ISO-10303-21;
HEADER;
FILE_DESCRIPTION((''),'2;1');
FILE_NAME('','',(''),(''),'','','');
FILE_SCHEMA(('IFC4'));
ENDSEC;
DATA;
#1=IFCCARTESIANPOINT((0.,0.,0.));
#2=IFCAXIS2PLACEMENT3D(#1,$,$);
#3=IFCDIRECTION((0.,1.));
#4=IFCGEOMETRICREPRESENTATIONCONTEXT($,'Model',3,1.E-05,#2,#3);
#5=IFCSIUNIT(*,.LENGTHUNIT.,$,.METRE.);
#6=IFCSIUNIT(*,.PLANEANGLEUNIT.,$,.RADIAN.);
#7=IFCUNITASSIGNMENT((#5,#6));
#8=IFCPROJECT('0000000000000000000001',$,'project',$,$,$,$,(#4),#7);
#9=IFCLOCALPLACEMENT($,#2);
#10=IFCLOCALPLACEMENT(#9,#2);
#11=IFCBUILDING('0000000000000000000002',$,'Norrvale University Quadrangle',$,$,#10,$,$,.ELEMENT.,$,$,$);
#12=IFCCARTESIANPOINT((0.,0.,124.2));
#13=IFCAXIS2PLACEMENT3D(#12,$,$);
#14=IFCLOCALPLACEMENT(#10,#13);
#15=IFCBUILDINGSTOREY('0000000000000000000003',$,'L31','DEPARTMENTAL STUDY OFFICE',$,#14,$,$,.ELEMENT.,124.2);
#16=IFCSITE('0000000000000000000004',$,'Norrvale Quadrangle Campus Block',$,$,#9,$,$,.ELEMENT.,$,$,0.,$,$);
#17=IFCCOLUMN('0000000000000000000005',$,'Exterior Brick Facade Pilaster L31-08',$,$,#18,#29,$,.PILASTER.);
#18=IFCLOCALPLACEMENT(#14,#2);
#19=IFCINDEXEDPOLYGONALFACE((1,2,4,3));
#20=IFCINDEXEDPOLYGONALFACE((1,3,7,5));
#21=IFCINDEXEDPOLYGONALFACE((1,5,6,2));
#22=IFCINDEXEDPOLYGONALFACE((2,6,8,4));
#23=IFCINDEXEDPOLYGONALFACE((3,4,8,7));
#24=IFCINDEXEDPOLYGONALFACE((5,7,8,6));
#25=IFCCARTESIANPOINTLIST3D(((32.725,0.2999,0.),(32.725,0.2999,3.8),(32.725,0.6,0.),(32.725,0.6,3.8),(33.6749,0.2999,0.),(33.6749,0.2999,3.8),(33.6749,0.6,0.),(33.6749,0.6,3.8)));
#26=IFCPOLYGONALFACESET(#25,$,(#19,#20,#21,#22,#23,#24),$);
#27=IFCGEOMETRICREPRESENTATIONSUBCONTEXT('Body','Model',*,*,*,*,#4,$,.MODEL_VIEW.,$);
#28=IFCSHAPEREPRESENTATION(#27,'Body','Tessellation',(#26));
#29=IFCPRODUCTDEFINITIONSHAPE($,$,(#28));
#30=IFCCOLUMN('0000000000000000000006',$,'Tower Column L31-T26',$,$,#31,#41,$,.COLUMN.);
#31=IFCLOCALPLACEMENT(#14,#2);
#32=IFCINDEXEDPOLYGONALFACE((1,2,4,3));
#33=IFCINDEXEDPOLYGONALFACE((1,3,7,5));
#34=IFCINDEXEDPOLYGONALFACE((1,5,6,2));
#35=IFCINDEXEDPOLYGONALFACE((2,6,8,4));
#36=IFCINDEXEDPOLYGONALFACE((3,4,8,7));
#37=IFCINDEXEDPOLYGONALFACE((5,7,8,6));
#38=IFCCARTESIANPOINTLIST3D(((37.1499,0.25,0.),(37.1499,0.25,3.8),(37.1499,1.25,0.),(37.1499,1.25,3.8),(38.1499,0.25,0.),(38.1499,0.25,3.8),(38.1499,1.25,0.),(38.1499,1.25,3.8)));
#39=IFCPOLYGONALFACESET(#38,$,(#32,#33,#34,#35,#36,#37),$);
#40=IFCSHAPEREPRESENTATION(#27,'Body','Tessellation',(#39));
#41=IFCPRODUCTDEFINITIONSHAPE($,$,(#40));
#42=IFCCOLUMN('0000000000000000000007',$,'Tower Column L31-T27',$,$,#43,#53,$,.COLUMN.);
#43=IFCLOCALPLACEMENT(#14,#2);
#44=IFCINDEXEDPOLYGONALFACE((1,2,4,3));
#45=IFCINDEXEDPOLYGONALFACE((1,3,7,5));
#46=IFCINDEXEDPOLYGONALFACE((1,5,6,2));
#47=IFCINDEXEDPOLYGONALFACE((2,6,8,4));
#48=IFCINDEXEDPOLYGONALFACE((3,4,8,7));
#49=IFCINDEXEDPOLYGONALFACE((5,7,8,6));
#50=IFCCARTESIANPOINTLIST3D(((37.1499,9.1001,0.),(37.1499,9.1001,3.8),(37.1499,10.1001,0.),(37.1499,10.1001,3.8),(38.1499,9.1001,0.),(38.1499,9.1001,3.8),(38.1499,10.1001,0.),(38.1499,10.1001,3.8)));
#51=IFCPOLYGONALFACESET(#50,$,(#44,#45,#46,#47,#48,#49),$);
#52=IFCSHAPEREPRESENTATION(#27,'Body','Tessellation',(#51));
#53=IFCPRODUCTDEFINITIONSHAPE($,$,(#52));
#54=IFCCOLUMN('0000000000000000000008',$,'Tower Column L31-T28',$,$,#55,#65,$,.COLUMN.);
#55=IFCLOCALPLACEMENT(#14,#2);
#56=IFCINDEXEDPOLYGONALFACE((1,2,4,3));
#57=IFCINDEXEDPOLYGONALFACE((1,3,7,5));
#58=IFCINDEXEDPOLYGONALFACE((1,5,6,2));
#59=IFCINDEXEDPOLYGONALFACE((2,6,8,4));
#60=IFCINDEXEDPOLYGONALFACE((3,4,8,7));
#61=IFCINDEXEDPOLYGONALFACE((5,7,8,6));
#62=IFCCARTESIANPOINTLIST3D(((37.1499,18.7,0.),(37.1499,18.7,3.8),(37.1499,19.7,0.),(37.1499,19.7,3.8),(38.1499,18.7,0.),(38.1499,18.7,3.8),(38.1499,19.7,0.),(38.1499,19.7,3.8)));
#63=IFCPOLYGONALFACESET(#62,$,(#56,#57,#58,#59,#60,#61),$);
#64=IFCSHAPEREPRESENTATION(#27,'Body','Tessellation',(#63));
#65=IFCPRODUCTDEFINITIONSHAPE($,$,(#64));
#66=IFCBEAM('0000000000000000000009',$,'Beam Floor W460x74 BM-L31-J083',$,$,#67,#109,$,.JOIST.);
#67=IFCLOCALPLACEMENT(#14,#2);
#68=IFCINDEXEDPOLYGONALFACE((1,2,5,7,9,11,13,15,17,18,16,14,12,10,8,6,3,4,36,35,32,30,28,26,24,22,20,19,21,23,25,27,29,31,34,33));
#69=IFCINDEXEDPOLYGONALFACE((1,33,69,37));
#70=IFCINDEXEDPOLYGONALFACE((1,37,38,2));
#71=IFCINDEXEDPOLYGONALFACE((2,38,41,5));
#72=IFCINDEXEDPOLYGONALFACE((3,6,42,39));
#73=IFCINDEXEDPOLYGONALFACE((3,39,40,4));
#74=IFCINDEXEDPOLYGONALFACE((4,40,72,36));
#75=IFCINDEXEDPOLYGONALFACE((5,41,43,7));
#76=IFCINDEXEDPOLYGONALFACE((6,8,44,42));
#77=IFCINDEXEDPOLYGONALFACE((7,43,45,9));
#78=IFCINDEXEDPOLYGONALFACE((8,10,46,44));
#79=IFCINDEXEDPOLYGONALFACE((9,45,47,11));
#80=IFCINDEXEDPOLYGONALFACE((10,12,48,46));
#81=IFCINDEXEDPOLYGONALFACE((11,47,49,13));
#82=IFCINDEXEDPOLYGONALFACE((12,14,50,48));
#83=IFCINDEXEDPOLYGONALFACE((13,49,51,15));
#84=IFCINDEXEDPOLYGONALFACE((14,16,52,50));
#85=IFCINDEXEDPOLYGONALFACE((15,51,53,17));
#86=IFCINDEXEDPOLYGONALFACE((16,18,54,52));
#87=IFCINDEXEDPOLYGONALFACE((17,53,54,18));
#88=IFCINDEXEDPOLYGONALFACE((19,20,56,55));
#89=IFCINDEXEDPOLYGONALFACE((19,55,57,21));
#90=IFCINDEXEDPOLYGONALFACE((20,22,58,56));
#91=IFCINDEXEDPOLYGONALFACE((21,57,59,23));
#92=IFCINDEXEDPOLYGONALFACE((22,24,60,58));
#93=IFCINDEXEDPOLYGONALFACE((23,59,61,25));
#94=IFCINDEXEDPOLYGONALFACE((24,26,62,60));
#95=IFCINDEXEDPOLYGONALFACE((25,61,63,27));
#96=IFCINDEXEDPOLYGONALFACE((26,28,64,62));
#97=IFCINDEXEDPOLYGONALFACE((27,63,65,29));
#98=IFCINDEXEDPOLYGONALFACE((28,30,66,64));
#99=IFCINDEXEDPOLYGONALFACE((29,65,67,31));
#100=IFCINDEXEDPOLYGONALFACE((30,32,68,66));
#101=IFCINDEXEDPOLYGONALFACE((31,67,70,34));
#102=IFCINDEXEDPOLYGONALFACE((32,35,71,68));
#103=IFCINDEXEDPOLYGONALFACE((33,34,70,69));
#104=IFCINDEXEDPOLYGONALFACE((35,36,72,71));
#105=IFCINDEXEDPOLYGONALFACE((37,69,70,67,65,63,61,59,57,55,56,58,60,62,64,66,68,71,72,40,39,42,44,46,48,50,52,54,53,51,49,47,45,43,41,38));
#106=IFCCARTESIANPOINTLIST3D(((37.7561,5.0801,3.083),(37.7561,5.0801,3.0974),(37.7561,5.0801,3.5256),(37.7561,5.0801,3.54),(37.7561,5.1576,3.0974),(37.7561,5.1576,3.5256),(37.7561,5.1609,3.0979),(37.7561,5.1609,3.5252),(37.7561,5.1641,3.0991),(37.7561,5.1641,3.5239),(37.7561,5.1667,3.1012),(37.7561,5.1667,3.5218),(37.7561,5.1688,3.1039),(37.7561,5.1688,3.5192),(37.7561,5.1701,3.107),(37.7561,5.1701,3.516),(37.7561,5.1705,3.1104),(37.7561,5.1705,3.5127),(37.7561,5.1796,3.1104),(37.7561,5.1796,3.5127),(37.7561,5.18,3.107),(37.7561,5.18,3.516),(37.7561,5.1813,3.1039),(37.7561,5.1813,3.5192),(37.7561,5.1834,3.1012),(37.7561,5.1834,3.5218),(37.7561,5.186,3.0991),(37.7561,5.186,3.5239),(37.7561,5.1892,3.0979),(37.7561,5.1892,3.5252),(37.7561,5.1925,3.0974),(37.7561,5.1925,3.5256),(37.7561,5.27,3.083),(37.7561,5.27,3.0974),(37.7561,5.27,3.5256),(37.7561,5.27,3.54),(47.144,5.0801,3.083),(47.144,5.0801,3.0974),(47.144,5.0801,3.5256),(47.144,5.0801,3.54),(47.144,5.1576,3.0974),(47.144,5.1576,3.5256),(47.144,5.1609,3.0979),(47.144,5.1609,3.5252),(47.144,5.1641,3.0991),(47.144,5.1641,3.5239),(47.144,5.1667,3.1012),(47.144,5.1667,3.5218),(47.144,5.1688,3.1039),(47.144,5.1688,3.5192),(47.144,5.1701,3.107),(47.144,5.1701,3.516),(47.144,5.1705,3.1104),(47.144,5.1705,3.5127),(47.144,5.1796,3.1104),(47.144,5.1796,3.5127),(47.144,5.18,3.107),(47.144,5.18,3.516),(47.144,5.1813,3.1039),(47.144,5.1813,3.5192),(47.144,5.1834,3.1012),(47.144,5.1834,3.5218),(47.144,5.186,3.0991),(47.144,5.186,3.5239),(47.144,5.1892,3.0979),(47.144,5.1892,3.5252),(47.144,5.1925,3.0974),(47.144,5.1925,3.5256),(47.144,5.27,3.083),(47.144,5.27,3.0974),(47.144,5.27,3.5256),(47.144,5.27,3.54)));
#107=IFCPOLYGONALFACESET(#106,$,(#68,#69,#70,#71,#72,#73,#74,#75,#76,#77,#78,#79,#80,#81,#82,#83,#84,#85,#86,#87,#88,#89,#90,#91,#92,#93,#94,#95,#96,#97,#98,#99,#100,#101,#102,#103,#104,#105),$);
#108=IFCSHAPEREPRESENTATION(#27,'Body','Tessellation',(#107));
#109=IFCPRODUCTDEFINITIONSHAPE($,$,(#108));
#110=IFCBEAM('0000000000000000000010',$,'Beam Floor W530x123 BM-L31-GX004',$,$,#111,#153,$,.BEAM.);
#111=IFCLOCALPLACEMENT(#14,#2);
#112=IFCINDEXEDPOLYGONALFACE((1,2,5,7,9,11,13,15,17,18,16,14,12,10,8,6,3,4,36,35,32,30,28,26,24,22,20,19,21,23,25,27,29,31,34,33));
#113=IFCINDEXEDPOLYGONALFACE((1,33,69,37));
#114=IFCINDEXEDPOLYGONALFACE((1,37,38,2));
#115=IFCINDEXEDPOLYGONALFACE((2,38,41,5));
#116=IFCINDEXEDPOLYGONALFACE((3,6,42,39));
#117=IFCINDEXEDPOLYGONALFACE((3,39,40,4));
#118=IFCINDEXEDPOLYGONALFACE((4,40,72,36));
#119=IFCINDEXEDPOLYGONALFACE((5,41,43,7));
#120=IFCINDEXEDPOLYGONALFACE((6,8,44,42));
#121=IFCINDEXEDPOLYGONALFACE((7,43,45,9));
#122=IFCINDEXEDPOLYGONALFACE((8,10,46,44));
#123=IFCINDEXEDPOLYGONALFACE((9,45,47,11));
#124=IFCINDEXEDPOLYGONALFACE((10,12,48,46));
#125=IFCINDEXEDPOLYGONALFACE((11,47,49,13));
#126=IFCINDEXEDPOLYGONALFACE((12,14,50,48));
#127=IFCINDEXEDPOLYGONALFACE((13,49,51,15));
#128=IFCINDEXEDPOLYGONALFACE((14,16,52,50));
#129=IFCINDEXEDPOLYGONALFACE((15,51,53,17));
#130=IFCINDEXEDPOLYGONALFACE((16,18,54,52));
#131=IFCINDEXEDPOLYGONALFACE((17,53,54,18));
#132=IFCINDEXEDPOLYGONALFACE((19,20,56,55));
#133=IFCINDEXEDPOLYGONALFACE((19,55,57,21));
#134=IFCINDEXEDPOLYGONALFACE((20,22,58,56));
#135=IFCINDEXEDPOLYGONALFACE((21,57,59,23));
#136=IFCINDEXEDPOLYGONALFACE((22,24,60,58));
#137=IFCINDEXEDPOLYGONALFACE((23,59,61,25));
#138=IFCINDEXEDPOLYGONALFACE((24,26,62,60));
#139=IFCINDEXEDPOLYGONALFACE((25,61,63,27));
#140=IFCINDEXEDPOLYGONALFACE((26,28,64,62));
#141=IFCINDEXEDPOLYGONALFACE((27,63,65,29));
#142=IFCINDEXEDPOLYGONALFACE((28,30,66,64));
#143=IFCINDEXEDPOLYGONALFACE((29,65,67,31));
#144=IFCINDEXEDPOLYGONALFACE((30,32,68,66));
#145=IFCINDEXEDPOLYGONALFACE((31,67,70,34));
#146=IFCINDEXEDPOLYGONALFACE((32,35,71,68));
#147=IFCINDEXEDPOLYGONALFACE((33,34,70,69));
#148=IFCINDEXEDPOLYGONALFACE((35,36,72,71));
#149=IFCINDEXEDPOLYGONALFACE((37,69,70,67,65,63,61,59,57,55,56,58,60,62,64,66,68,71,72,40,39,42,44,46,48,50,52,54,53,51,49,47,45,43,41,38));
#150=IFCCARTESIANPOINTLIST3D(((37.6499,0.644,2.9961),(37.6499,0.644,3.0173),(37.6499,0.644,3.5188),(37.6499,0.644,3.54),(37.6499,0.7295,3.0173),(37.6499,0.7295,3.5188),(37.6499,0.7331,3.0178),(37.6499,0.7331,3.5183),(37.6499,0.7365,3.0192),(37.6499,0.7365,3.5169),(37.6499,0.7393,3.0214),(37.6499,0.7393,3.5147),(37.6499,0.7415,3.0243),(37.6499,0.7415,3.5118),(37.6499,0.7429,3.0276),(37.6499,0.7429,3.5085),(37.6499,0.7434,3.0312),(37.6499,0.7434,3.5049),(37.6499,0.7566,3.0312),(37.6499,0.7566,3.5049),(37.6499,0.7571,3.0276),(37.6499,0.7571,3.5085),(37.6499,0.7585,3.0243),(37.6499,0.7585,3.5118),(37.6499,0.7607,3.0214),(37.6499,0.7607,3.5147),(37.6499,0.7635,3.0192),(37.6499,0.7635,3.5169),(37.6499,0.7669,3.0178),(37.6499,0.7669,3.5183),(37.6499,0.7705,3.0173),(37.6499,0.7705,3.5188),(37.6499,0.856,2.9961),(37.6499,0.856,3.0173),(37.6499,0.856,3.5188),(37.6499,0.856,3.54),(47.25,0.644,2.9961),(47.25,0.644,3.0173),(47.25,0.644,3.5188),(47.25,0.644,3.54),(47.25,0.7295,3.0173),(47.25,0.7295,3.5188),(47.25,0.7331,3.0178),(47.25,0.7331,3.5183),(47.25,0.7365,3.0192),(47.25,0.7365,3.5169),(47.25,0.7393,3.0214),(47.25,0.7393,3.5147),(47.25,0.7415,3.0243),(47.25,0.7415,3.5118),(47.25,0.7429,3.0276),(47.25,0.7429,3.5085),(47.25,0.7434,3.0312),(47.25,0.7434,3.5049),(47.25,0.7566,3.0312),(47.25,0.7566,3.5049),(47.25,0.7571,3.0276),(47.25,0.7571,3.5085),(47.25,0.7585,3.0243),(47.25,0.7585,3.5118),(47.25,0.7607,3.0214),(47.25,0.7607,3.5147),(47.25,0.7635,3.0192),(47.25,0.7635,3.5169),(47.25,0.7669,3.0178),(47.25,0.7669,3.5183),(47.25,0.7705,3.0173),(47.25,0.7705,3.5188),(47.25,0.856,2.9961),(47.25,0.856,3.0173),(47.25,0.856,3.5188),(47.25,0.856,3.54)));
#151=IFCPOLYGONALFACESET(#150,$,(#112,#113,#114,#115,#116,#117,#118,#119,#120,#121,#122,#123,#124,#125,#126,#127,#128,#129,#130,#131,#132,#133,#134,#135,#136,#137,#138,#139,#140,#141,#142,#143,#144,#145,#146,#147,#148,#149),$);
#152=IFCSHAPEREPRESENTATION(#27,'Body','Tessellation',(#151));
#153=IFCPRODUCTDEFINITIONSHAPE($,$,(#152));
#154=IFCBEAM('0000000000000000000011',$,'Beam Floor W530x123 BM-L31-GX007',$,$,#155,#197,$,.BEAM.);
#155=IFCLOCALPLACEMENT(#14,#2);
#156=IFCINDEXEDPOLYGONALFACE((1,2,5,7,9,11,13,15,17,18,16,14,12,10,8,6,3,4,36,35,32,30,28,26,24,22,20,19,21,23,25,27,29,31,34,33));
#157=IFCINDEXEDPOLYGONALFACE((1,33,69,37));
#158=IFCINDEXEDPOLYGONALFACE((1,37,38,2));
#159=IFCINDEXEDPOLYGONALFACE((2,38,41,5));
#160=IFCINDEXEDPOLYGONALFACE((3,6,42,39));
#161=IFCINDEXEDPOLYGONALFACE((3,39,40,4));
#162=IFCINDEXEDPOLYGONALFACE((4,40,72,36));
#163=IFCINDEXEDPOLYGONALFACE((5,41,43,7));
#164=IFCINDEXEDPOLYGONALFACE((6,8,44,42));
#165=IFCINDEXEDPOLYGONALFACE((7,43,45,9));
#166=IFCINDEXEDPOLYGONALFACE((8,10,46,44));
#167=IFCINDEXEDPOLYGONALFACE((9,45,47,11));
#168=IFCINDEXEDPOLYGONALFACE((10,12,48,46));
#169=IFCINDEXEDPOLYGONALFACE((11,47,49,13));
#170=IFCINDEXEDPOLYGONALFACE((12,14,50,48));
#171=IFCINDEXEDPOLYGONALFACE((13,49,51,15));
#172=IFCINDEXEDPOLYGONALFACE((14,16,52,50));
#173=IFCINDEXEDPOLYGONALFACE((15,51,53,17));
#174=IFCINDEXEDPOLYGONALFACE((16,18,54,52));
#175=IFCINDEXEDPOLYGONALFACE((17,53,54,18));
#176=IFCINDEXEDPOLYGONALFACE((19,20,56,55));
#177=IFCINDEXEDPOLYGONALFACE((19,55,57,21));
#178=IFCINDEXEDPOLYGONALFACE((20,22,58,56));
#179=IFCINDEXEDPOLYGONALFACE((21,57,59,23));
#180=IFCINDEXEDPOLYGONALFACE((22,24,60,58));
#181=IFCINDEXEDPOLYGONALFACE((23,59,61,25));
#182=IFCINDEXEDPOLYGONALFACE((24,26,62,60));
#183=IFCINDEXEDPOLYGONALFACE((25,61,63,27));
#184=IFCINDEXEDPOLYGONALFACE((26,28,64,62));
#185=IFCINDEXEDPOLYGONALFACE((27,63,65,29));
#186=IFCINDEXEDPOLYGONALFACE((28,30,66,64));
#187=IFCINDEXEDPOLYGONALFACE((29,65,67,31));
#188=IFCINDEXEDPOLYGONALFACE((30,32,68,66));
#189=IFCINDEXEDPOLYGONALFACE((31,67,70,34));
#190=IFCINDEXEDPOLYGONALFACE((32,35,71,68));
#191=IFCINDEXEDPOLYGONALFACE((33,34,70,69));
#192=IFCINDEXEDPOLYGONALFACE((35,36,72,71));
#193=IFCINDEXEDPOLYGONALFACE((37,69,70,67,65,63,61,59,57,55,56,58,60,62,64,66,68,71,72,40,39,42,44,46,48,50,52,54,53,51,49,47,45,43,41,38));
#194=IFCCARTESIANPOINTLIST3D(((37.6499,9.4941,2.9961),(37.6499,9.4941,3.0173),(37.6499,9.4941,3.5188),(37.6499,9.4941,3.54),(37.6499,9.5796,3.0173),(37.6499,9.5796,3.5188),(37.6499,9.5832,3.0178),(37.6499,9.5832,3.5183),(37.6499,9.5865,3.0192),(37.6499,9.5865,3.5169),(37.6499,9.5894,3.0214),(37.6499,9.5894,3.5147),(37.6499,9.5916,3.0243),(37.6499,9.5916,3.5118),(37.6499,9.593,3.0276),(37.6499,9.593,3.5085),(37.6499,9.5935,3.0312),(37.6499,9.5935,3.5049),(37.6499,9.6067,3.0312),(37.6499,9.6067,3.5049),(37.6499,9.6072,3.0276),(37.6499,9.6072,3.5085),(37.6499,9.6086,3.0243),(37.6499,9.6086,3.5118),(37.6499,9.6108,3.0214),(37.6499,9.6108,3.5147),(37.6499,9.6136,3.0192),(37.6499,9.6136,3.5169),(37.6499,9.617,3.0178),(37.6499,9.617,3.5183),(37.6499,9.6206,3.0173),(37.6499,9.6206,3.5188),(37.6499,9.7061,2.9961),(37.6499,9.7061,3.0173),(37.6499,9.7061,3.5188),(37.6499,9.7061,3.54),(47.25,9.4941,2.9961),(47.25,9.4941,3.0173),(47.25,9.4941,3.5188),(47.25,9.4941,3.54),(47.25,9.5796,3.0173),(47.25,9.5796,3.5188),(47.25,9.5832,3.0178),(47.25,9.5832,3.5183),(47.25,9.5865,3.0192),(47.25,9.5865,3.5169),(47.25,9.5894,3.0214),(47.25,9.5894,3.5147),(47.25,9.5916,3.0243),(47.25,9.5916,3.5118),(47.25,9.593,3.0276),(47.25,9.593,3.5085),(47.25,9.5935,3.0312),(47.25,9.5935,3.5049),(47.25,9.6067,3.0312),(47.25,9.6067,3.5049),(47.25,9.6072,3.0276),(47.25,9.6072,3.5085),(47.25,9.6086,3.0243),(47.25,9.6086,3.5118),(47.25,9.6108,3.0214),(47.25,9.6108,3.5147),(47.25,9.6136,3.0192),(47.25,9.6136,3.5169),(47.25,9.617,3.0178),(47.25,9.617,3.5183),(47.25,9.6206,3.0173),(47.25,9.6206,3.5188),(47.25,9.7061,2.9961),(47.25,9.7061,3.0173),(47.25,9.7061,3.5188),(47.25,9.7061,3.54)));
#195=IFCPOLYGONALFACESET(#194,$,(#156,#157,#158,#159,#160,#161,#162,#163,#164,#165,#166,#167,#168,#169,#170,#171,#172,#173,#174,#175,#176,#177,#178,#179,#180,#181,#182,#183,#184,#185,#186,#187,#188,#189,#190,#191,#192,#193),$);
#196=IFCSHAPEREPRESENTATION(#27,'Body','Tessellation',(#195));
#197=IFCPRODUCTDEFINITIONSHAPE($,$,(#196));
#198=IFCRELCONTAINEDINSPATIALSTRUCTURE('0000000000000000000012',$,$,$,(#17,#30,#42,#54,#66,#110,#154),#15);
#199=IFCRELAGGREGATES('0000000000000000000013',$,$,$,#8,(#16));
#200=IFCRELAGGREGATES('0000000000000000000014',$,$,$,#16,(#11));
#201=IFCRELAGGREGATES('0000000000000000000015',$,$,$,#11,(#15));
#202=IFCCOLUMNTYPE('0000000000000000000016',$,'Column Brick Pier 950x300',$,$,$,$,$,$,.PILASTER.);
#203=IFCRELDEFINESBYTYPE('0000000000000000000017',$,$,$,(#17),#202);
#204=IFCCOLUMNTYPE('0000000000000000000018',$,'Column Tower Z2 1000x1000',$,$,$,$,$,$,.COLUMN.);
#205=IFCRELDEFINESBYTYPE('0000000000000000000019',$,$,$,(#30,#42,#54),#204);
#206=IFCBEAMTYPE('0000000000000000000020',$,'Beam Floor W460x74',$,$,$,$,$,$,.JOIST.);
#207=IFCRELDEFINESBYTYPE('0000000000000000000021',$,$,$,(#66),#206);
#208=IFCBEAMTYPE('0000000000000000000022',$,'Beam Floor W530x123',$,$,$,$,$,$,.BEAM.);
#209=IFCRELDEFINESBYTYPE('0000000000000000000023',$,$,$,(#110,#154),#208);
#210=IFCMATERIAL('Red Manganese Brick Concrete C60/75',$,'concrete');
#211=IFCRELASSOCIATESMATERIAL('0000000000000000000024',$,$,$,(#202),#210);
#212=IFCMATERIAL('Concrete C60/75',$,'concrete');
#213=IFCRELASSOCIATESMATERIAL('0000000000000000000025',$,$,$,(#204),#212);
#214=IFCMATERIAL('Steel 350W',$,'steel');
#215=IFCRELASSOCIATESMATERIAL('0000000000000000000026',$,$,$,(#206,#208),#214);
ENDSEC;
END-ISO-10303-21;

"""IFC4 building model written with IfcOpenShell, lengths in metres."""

from ifc_helpers import new_model, si_unit, direction, frame, origin, origin_2d, place, context, subcontext, project, spatial, rectangle, i_section, extrude, material, material_profile, profile_set, type_object, element, save


model = new_model("IFC4")

# Units and contexts
model_context = context("Model", 3, precision=1e-05, world=origin(), true_north=direction((0.0, 1.0)))
body_context = subcontext(model_context, "Body", "Model", "MODEL_VIEW")
ifc_project = project(units=[si_unit("LENGTHUNIT", "METRE"), si_unit("PLANEANGLEUNIT", "RADIAN")], contexts=[model_context])

# Site, building, storey
site_placement = place(None, origin())
site = spatial("IfcSite", under=ifc_project, at=site_placement, Name="Norrvale Quadrangle Campus Block", CompositionType="ELEMENT", RefElevation=0.0)
building_placement = place(site_placement, origin())
building = spatial("IfcBuilding", under=site, at=building_placement, Name="Norrvale University Quadrangle", CompositionType="ELEMENT")
storey_placement = place(building_placement, frame((0.0, 0.0, 124.2)))
storey = spatial("IfcBuildingStorey", under=building, at=storey_placement, Name="L31", Description="DEPARTMENTAL STUDY OFFICE", CompositionType="ELEMENT", Elevation=124.2)

# Columns
ifc_material_1 = material(Name="Red Manganese Brick Concrete C60/75", Category="concrete")
ifc_material_profile_1 = material_profile(ifc_material_1, rectangle(XDim=0.95, YDim=0.3, at=origin_2d()), Name="Red Manganese Brick Concrete C60/75")
ifc_profile_set_1 = profile_set([ifc_material_profile_1], Name="Red Manganese Brick Concrete C60/75")
column_type_1 = type_object("IfcColumnType", Name="Column Brick Pier 950x300", PredefinedType="PILASTER", material=ifc_profile_set_1)
column_placement = place(storey_placement, frame((33.2, 0.45, 0.0), z_axis=(0.0, 0.0, 1.0), x_axis=(1.0, 0.0, 0.0)))
element("IfcColumn", 1, at=column_placement, inside=storey, type_object=column_type_1, Name="Exterior Brick Facade Pilaster L31-08", PredefinedType="PILASTER", context=body_context, shape_type="SweptSolid", body=[
    extrude(rectangle(XDim=0.95, YDim=0.3, at=origin_2d()), origin(), (0.0, 0.0, 1.0), 3.8),
])
ifc_material_2 = material(Name="Concrete C60/75", Category="concrete")
ifc_material_profile_2 = material_profile(ifc_material_2, rectangle(XDim=1.0, YDim=1.0, at=origin_2d()), Name="Concrete C60/75")
ifc_profile_set_2 = profile_set([ifc_material_profile_2], Name="Concrete C60/75")
column_type_2 = type_object("IfcColumnType", Name="Column Tower Z2 1000x1000", PredefinedType="COLUMN", material=ifc_profile_set_2)
for number, where, z_axis, x_axis, name in (
    (2, (37.6499, 0.75, 0.0), (0.0, 0.0, 1.0), (1.0, 0.0, 0.0), "Tower Column L31-T26"),
    (3, (37.6499, 9.6001, 0.0), (0.0, 0.0, 1.0), (1.0, 0.0, 0.0), "Tower Column L31-T27"),
    (4, (37.6499, 19.2, 0.0), (0.0, 0.0, 1.0), (1.0, 0.0, 0.0), "Tower Column L31-T28"),
):
    element("IfcColumn", number, at=place(storey_placement, frame(where, z_axis=z_axis, x_axis=x_axis)), inside=storey, type_object=column_type_2, Name=name, PredefinedType="COLUMN", context=body_context, shape_type="SweptSolid", body=[
        extrude(rectangle(XDim=1.0, YDim=1.0, at=origin_2d()), origin(), (0.0, 0.0, 1.0), 3.8),
    ])

# Beams
ifc_material_3 = material(Name="Steel 350W", Category="steel")
ifc_material_profile_3 = material_profile(ifc_material_3, i_section(OverallWidth=0.1899, OverallDepth=0.457, WebThickness=0.009, FlangeThickness=0.0144, FilletRadius=0.0129, at=origin_2d()), Name="Steel 350W")
ifc_profile_set_3 = profile_set([ifc_material_profile_3], Name="Steel 350W")
beam_type_1 = type_object("IfcBeamType", Name="Beam Floor W460x74", PredefinedType="JOIST", material=ifc_profile_set_3)
beam_1_placement = place(storey_placement, frame((37.7561, 5.175, 3.3115), z_axis=(1.0, 0.0, 0.0), x_axis=(0.0, 1.0, 0.0)))
element("IfcBeam", 5, at=beam_1_placement, inside=storey, type_object=beam_type_1, Name="Beam Floor W460x74 BM-L31-J083", PredefinedType="JOIST", context=body_context, shape_type="SweptSolid", body=[
    extrude(i_section(OverallWidth=0.1899, OverallDepth=0.457, WebThickness=0.009, FlangeThickness=0.0144, FilletRadius=0.0129, at=origin_2d()), origin(), (0.0, 0.0, 1.0), 9.3879),
])
ifc_material_profile_4 = material_profile(ifc_material_3, i_section(OverallWidth=0.2119, OverallDepth=0.5439, WebThickness=0.0132, FlangeThickness=0.0212, FilletRadius=0.0139, at=origin_2d()), Name="Steel 350W")
ifc_profile_set_4 = profile_set([ifc_material_profile_4], Name="Steel 350W")
beam_type_2 = type_object("IfcBeamType", Name="Beam Floor W530x123", PredefinedType="BEAM", material=ifc_profile_set_4)
for number, where, z_axis, x_axis, name in (
    (6, (37.6499, 0.75, 3.2681), (1.0, 0.0, 0.0), (0.0, 1.0, 0.0), "Beam Floor W530x123 BM-L31-GX004"),
    (7, (37.6499, 9.6001, 3.2681), (1.0, 0.0, 0.0), (0.0, 1.0, 0.0), "Beam Floor W530x123 BM-L31-GX007"),
):
    element("IfcBeam", number, at=place(storey_placement, frame(where, z_axis=z_axis, x_axis=x_axis)), inside=storey, type_object=beam_type_2, Name=name, PredefinedType="BEAM", context=body_context, shape_type="SweptSolid", body=[
        extrude(i_section(OverallWidth=0.2119, OverallDepth=0.5439, WebThickness=0.0132, FlangeThickness=0.0212, FilletRadius=0.0139, at=origin_2d()), origin(), (0.0, 0.0, 1.0), 9.6001),
    ])

save(model, "model.ifc")
